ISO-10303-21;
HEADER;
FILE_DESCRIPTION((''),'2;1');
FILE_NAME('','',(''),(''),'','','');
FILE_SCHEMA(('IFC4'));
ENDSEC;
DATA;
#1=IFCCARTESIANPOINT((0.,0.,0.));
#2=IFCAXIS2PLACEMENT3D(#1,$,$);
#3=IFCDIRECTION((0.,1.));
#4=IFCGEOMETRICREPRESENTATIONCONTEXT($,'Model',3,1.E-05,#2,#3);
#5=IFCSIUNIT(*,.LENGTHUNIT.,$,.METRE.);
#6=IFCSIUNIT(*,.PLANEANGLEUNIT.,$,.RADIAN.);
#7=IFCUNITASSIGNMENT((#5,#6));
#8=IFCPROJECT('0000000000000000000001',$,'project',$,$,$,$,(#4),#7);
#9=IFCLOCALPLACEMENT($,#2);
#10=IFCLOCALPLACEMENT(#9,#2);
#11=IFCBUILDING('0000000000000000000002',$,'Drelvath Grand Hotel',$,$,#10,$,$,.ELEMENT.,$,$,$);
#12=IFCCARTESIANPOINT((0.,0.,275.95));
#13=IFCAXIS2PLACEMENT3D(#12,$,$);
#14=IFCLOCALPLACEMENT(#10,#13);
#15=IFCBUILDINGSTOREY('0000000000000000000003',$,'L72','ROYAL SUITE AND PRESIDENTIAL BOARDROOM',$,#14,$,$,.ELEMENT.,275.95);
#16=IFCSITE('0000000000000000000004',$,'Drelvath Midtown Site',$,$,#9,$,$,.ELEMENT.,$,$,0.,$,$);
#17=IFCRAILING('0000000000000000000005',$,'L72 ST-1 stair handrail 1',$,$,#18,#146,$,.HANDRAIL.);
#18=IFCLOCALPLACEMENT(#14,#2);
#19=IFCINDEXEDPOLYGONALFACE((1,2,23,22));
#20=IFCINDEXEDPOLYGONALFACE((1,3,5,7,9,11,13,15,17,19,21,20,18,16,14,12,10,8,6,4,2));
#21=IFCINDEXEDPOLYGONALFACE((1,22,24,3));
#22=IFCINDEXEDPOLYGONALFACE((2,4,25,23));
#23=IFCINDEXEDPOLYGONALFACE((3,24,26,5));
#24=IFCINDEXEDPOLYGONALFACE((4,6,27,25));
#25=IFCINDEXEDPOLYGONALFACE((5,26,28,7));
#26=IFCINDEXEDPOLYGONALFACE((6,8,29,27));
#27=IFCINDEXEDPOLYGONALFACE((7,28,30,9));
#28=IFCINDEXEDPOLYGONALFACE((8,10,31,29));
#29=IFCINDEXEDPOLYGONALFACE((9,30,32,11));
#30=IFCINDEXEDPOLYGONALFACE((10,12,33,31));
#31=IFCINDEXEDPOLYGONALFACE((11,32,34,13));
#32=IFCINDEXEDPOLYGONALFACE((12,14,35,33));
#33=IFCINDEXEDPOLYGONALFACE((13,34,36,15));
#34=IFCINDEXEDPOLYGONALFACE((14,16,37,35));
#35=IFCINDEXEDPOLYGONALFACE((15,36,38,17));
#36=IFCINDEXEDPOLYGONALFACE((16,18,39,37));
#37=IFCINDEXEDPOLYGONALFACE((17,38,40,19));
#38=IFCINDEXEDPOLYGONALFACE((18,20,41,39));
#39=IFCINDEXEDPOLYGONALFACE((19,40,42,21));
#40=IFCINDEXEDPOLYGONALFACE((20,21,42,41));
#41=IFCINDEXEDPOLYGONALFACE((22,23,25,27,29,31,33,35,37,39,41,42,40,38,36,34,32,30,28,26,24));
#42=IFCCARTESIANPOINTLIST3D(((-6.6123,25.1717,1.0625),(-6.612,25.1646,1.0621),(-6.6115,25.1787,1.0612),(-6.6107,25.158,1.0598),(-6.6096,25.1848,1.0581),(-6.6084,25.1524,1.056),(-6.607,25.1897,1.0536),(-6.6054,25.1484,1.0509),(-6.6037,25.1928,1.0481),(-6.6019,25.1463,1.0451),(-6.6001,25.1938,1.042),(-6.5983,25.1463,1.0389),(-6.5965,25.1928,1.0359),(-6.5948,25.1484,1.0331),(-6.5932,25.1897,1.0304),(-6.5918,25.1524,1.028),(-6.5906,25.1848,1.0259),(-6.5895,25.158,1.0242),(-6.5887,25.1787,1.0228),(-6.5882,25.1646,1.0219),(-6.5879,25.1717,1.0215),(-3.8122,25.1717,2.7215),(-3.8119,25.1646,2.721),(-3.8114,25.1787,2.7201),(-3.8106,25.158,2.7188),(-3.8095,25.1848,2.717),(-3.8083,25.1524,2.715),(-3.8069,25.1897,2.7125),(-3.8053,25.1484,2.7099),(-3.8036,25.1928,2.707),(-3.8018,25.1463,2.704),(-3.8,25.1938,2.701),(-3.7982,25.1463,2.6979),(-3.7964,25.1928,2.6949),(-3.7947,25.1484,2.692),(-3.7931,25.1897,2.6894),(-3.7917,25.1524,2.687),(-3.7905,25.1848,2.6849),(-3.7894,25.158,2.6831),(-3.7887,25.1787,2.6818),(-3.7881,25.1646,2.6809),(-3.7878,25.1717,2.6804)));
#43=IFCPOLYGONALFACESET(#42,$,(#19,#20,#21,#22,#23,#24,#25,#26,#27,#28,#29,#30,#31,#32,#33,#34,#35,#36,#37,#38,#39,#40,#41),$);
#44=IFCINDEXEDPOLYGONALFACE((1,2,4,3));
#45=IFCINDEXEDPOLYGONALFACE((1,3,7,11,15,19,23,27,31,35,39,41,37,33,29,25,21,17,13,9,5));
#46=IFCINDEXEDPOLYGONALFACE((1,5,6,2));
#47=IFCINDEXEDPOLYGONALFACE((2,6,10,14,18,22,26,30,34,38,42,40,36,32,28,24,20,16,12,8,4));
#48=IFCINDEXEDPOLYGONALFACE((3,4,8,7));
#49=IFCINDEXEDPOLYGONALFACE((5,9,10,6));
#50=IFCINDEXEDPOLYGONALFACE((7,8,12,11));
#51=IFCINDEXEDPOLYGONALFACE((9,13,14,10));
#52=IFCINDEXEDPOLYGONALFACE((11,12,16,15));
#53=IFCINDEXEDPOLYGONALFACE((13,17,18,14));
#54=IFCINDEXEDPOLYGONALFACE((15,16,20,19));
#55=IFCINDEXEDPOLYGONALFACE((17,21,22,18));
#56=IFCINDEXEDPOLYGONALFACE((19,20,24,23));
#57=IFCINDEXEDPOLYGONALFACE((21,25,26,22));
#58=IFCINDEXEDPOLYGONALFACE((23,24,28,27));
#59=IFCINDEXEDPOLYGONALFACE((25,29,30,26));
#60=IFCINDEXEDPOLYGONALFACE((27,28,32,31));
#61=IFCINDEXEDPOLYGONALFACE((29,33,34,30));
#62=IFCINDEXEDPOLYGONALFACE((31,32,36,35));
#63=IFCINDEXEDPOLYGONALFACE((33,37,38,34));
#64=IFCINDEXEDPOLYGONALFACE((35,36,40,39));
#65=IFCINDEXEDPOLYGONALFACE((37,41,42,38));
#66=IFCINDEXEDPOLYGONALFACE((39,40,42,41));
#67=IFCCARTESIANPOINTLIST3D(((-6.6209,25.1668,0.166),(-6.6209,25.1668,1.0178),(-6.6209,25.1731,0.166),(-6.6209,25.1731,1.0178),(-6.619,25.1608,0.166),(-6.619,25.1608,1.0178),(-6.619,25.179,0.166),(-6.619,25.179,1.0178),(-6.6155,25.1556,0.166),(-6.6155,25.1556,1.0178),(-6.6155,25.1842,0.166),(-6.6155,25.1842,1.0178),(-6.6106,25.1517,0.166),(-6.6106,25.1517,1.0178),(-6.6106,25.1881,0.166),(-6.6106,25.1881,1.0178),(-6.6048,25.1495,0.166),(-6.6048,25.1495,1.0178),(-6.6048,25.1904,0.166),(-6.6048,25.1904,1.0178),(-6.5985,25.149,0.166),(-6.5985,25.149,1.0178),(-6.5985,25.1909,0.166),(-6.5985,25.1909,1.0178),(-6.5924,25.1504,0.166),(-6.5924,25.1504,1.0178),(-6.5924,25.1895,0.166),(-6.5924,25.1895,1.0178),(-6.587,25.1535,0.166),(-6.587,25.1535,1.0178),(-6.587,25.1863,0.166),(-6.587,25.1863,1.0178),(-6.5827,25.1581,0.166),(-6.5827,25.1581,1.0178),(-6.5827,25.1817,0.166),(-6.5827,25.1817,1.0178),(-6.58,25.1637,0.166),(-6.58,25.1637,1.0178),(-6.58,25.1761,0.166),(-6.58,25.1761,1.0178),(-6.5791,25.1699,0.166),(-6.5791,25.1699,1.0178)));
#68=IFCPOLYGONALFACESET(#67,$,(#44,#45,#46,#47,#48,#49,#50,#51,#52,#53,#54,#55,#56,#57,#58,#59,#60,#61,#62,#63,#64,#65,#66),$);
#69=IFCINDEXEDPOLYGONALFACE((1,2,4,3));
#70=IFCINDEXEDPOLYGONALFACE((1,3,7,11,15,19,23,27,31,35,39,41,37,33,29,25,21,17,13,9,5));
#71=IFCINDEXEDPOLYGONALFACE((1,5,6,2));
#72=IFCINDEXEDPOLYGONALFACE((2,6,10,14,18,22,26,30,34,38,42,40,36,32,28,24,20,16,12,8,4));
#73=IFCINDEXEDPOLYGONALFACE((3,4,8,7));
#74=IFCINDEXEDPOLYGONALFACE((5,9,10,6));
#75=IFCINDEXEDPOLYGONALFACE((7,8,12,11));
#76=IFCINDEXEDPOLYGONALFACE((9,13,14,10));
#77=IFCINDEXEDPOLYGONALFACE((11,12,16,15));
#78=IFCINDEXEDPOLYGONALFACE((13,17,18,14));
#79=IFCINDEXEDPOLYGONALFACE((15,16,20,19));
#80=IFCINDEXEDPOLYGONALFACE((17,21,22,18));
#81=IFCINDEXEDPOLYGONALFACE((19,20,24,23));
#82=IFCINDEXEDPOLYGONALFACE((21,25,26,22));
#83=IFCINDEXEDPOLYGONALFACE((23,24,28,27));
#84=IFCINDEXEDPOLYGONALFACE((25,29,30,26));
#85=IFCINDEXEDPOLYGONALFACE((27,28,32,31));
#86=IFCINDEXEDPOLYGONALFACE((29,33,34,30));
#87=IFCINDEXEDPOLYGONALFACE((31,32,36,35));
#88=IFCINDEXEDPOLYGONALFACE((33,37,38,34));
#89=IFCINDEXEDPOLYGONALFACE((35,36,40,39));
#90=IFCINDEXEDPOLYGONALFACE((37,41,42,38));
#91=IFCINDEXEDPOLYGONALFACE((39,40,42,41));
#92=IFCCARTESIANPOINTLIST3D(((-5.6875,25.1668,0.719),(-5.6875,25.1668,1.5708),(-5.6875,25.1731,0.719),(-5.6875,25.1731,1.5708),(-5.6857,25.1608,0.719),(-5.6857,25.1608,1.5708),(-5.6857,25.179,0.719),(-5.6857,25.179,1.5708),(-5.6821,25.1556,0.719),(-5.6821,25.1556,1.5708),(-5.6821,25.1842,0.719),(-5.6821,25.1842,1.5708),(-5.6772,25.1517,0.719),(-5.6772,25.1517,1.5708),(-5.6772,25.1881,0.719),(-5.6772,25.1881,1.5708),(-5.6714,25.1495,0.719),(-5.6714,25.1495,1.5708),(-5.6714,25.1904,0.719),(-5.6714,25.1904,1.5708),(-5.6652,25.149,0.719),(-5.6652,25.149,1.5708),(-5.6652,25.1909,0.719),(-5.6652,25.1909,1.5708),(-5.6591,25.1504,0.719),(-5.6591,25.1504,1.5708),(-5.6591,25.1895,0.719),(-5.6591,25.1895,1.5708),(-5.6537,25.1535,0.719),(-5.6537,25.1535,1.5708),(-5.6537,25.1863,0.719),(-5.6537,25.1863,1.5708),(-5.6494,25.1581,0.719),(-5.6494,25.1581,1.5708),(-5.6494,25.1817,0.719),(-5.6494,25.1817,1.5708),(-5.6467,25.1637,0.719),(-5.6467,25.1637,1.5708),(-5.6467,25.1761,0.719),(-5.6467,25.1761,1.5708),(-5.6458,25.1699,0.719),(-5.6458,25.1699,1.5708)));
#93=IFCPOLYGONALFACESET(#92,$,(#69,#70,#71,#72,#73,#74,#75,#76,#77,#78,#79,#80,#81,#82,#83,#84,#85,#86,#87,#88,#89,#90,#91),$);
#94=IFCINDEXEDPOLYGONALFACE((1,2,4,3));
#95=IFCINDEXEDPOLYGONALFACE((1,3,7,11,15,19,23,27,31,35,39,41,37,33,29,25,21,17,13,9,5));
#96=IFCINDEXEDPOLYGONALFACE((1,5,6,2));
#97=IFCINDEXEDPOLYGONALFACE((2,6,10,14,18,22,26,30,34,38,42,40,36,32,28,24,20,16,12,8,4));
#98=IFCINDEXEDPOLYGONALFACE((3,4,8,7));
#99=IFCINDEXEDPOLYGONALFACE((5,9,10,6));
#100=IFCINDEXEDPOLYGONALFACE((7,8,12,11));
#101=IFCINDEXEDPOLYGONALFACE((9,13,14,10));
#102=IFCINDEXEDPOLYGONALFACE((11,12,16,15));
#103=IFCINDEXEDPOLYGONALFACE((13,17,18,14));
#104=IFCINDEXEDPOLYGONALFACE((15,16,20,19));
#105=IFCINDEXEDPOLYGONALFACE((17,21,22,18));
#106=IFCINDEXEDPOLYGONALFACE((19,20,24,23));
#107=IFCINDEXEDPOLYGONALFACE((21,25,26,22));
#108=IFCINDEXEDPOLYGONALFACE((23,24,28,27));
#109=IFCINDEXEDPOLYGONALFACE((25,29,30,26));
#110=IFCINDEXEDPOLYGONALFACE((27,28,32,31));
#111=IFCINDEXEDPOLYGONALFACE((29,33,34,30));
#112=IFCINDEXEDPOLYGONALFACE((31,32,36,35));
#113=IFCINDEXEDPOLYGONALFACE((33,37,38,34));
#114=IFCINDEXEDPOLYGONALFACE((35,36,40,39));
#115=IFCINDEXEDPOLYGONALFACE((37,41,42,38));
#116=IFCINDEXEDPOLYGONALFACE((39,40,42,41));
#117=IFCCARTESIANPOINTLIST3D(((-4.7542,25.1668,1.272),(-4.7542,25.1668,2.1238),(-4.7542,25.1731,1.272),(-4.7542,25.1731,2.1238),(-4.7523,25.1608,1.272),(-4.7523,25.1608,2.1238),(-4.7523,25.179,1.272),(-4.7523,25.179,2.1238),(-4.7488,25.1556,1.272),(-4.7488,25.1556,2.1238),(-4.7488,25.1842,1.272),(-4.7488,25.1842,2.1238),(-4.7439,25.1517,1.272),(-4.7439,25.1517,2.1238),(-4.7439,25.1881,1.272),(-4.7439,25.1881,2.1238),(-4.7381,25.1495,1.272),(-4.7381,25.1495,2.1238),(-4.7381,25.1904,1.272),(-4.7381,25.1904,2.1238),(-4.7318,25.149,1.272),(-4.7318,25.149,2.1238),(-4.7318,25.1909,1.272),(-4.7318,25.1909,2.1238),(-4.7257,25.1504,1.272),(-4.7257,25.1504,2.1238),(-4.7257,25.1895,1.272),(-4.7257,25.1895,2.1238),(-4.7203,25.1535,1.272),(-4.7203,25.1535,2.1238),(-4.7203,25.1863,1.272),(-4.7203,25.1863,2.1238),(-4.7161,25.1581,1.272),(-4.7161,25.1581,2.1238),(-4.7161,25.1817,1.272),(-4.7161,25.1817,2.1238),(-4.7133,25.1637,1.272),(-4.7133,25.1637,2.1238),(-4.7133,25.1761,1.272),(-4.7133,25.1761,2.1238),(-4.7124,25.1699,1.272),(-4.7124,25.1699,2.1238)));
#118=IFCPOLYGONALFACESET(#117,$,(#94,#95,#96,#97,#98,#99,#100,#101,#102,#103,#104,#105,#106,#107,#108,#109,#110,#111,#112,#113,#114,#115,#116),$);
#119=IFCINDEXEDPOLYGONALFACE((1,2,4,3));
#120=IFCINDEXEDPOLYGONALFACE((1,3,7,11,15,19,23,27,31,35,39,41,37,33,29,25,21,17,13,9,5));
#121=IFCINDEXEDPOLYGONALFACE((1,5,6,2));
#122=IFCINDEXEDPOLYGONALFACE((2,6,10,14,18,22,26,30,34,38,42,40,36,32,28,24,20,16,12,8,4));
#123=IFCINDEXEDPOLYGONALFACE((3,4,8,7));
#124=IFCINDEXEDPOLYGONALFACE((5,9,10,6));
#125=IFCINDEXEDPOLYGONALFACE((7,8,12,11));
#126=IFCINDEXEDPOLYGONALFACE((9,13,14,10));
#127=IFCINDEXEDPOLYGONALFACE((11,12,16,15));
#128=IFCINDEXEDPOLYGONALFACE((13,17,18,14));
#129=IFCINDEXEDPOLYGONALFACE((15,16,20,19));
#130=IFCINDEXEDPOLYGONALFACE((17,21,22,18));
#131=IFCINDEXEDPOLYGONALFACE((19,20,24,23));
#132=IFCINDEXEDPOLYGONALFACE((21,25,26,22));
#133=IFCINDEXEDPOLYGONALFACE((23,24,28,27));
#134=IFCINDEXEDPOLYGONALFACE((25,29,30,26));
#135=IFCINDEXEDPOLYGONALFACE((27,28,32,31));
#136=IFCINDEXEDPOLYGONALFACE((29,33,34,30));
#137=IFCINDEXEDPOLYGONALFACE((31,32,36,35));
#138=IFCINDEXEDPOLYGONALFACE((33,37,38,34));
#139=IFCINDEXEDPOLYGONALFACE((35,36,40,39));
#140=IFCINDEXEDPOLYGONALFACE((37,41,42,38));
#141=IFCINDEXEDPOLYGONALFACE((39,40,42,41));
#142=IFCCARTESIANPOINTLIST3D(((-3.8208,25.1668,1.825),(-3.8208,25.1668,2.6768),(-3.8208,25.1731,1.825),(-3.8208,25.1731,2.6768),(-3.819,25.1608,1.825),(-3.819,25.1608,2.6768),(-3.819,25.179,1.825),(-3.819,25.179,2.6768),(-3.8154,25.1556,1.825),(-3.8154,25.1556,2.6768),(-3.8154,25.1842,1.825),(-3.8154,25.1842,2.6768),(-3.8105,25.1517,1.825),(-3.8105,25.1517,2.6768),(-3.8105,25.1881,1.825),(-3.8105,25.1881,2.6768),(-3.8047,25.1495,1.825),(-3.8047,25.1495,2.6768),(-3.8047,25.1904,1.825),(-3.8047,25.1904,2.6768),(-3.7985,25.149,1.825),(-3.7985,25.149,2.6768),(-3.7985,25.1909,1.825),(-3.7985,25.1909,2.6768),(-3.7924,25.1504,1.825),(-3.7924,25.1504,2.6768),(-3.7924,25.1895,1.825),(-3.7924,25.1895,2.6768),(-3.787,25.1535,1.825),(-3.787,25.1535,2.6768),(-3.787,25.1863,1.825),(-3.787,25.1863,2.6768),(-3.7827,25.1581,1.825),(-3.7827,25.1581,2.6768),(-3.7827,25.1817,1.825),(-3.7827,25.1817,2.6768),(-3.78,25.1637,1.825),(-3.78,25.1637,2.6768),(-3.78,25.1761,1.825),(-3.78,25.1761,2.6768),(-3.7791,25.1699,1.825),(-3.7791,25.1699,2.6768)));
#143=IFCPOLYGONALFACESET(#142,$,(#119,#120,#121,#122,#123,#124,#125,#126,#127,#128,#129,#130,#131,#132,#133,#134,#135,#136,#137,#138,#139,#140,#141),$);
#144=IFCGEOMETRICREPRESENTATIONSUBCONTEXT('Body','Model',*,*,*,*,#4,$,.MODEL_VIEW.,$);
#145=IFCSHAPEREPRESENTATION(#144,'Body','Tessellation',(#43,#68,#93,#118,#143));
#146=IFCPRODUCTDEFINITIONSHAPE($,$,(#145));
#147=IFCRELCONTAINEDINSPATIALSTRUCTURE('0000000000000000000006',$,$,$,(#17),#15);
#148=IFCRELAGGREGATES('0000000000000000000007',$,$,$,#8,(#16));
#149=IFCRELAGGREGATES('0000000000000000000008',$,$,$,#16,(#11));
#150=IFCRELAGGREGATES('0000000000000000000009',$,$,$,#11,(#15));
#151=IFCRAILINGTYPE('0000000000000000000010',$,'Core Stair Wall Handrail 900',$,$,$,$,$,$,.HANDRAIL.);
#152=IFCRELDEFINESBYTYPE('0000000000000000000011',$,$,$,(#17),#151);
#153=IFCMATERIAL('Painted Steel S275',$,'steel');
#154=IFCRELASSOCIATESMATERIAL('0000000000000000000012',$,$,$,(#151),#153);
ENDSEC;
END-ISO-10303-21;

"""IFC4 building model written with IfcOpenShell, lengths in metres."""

from ifc_helpers import new_model, si_unit, direction, frame, origin, origin_2d, place, context, subcontext, project, spatial, circle, extrude, material, type_object, element, save


model = new_model("IFC4")

# Units and contexts
model_context = context("Model", 3, precision=1e-05, world=origin(), true_north=direction((0.0, 1.0)))
body_context = subcontext(model_context, "Body", "Model", "MODEL_VIEW")
ifc_project = project(units=[si_unit("LENGTHUNIT", "METRE"), si_unit("PLANEANGLEUNIT", "RADIAN")], contexts=[model_context])

# Site, building, storey
site_placement = place(None, origin())
site = spatial("IfcSite", under=ifc_project, at=site_placement, Name="Drelvath Midtown Site", CompositionType="ELEMENT", RefElevation=0.0)
building_placement = place(site_placement, origin())
building = spatial("IfcBuilding", under=site, at=building_placement, Name="Drelvath Grand Hotel", CompositionType="ELEMENT")
storey_placement = place(building_placement, frame((0.0, 0.0, 275.95)))
storey = spatial("IfcBuildingStorey", under=building, at=storey_placement, Name="L72", Description="ROYAL SUITE AND PRESIDENTIAL BOARDROOM", CompositionType="ELEMENT", Elevation=275.95)

# Shared definitions
ifc_material_1 = material(Name="Painted Steel S275", Category="steel")

# Railing
railing_type_1 = type_object("IfcRailingType", Name="Core Stair Wall Handrail 900", PredefinedType="HANDRAIL", material=ifc_material_1)
railing_1_placement = place(storey_placement, frame((-6.6001, 25.1699, 0.166)))
element("IfcRailing", 1, at=railing_1_placement, inside=storey, type_object=railing_type_1, Name="L72 ST-1 stair handrail 1", PredefinedType="HANDRAIL", context=body_context, shape_type="SweptSolid", body=[
    extrude(circle(Radius=0.0239, at=origin_2d()), frame((0.0, 0.0, 0.876), z_axis=(0.860339, 0.0, 0.509722), x_axis=(0.0, 1.0, 0.0)), (0.0, 0.0, 1.0), 3.2546),
    extrude(circle(Radius=0.021, at=origin_2d()), origin(), (0.0, 0.0, 1.0), 0.8518),
    extrude(circle(Radius=0.021, at=origin_2d()), frame((0.9333, 0.0, 0.553)), (0.0, 0.0, 1.0), 0.8518),
    extrude(circle(Radius=0.021, at=origin_2d()), frame((1.8667, 0.0, 1.106)), (0.0, 0.0, 1.0), 0.8518),
    extrude(circle(Radius=0.021, at=origin_2d()), frame((2.8, 0.0, 1.6589)), (0.0, 0.0, 1.0), 0.8518),
])

save(model, "model.ifc")
